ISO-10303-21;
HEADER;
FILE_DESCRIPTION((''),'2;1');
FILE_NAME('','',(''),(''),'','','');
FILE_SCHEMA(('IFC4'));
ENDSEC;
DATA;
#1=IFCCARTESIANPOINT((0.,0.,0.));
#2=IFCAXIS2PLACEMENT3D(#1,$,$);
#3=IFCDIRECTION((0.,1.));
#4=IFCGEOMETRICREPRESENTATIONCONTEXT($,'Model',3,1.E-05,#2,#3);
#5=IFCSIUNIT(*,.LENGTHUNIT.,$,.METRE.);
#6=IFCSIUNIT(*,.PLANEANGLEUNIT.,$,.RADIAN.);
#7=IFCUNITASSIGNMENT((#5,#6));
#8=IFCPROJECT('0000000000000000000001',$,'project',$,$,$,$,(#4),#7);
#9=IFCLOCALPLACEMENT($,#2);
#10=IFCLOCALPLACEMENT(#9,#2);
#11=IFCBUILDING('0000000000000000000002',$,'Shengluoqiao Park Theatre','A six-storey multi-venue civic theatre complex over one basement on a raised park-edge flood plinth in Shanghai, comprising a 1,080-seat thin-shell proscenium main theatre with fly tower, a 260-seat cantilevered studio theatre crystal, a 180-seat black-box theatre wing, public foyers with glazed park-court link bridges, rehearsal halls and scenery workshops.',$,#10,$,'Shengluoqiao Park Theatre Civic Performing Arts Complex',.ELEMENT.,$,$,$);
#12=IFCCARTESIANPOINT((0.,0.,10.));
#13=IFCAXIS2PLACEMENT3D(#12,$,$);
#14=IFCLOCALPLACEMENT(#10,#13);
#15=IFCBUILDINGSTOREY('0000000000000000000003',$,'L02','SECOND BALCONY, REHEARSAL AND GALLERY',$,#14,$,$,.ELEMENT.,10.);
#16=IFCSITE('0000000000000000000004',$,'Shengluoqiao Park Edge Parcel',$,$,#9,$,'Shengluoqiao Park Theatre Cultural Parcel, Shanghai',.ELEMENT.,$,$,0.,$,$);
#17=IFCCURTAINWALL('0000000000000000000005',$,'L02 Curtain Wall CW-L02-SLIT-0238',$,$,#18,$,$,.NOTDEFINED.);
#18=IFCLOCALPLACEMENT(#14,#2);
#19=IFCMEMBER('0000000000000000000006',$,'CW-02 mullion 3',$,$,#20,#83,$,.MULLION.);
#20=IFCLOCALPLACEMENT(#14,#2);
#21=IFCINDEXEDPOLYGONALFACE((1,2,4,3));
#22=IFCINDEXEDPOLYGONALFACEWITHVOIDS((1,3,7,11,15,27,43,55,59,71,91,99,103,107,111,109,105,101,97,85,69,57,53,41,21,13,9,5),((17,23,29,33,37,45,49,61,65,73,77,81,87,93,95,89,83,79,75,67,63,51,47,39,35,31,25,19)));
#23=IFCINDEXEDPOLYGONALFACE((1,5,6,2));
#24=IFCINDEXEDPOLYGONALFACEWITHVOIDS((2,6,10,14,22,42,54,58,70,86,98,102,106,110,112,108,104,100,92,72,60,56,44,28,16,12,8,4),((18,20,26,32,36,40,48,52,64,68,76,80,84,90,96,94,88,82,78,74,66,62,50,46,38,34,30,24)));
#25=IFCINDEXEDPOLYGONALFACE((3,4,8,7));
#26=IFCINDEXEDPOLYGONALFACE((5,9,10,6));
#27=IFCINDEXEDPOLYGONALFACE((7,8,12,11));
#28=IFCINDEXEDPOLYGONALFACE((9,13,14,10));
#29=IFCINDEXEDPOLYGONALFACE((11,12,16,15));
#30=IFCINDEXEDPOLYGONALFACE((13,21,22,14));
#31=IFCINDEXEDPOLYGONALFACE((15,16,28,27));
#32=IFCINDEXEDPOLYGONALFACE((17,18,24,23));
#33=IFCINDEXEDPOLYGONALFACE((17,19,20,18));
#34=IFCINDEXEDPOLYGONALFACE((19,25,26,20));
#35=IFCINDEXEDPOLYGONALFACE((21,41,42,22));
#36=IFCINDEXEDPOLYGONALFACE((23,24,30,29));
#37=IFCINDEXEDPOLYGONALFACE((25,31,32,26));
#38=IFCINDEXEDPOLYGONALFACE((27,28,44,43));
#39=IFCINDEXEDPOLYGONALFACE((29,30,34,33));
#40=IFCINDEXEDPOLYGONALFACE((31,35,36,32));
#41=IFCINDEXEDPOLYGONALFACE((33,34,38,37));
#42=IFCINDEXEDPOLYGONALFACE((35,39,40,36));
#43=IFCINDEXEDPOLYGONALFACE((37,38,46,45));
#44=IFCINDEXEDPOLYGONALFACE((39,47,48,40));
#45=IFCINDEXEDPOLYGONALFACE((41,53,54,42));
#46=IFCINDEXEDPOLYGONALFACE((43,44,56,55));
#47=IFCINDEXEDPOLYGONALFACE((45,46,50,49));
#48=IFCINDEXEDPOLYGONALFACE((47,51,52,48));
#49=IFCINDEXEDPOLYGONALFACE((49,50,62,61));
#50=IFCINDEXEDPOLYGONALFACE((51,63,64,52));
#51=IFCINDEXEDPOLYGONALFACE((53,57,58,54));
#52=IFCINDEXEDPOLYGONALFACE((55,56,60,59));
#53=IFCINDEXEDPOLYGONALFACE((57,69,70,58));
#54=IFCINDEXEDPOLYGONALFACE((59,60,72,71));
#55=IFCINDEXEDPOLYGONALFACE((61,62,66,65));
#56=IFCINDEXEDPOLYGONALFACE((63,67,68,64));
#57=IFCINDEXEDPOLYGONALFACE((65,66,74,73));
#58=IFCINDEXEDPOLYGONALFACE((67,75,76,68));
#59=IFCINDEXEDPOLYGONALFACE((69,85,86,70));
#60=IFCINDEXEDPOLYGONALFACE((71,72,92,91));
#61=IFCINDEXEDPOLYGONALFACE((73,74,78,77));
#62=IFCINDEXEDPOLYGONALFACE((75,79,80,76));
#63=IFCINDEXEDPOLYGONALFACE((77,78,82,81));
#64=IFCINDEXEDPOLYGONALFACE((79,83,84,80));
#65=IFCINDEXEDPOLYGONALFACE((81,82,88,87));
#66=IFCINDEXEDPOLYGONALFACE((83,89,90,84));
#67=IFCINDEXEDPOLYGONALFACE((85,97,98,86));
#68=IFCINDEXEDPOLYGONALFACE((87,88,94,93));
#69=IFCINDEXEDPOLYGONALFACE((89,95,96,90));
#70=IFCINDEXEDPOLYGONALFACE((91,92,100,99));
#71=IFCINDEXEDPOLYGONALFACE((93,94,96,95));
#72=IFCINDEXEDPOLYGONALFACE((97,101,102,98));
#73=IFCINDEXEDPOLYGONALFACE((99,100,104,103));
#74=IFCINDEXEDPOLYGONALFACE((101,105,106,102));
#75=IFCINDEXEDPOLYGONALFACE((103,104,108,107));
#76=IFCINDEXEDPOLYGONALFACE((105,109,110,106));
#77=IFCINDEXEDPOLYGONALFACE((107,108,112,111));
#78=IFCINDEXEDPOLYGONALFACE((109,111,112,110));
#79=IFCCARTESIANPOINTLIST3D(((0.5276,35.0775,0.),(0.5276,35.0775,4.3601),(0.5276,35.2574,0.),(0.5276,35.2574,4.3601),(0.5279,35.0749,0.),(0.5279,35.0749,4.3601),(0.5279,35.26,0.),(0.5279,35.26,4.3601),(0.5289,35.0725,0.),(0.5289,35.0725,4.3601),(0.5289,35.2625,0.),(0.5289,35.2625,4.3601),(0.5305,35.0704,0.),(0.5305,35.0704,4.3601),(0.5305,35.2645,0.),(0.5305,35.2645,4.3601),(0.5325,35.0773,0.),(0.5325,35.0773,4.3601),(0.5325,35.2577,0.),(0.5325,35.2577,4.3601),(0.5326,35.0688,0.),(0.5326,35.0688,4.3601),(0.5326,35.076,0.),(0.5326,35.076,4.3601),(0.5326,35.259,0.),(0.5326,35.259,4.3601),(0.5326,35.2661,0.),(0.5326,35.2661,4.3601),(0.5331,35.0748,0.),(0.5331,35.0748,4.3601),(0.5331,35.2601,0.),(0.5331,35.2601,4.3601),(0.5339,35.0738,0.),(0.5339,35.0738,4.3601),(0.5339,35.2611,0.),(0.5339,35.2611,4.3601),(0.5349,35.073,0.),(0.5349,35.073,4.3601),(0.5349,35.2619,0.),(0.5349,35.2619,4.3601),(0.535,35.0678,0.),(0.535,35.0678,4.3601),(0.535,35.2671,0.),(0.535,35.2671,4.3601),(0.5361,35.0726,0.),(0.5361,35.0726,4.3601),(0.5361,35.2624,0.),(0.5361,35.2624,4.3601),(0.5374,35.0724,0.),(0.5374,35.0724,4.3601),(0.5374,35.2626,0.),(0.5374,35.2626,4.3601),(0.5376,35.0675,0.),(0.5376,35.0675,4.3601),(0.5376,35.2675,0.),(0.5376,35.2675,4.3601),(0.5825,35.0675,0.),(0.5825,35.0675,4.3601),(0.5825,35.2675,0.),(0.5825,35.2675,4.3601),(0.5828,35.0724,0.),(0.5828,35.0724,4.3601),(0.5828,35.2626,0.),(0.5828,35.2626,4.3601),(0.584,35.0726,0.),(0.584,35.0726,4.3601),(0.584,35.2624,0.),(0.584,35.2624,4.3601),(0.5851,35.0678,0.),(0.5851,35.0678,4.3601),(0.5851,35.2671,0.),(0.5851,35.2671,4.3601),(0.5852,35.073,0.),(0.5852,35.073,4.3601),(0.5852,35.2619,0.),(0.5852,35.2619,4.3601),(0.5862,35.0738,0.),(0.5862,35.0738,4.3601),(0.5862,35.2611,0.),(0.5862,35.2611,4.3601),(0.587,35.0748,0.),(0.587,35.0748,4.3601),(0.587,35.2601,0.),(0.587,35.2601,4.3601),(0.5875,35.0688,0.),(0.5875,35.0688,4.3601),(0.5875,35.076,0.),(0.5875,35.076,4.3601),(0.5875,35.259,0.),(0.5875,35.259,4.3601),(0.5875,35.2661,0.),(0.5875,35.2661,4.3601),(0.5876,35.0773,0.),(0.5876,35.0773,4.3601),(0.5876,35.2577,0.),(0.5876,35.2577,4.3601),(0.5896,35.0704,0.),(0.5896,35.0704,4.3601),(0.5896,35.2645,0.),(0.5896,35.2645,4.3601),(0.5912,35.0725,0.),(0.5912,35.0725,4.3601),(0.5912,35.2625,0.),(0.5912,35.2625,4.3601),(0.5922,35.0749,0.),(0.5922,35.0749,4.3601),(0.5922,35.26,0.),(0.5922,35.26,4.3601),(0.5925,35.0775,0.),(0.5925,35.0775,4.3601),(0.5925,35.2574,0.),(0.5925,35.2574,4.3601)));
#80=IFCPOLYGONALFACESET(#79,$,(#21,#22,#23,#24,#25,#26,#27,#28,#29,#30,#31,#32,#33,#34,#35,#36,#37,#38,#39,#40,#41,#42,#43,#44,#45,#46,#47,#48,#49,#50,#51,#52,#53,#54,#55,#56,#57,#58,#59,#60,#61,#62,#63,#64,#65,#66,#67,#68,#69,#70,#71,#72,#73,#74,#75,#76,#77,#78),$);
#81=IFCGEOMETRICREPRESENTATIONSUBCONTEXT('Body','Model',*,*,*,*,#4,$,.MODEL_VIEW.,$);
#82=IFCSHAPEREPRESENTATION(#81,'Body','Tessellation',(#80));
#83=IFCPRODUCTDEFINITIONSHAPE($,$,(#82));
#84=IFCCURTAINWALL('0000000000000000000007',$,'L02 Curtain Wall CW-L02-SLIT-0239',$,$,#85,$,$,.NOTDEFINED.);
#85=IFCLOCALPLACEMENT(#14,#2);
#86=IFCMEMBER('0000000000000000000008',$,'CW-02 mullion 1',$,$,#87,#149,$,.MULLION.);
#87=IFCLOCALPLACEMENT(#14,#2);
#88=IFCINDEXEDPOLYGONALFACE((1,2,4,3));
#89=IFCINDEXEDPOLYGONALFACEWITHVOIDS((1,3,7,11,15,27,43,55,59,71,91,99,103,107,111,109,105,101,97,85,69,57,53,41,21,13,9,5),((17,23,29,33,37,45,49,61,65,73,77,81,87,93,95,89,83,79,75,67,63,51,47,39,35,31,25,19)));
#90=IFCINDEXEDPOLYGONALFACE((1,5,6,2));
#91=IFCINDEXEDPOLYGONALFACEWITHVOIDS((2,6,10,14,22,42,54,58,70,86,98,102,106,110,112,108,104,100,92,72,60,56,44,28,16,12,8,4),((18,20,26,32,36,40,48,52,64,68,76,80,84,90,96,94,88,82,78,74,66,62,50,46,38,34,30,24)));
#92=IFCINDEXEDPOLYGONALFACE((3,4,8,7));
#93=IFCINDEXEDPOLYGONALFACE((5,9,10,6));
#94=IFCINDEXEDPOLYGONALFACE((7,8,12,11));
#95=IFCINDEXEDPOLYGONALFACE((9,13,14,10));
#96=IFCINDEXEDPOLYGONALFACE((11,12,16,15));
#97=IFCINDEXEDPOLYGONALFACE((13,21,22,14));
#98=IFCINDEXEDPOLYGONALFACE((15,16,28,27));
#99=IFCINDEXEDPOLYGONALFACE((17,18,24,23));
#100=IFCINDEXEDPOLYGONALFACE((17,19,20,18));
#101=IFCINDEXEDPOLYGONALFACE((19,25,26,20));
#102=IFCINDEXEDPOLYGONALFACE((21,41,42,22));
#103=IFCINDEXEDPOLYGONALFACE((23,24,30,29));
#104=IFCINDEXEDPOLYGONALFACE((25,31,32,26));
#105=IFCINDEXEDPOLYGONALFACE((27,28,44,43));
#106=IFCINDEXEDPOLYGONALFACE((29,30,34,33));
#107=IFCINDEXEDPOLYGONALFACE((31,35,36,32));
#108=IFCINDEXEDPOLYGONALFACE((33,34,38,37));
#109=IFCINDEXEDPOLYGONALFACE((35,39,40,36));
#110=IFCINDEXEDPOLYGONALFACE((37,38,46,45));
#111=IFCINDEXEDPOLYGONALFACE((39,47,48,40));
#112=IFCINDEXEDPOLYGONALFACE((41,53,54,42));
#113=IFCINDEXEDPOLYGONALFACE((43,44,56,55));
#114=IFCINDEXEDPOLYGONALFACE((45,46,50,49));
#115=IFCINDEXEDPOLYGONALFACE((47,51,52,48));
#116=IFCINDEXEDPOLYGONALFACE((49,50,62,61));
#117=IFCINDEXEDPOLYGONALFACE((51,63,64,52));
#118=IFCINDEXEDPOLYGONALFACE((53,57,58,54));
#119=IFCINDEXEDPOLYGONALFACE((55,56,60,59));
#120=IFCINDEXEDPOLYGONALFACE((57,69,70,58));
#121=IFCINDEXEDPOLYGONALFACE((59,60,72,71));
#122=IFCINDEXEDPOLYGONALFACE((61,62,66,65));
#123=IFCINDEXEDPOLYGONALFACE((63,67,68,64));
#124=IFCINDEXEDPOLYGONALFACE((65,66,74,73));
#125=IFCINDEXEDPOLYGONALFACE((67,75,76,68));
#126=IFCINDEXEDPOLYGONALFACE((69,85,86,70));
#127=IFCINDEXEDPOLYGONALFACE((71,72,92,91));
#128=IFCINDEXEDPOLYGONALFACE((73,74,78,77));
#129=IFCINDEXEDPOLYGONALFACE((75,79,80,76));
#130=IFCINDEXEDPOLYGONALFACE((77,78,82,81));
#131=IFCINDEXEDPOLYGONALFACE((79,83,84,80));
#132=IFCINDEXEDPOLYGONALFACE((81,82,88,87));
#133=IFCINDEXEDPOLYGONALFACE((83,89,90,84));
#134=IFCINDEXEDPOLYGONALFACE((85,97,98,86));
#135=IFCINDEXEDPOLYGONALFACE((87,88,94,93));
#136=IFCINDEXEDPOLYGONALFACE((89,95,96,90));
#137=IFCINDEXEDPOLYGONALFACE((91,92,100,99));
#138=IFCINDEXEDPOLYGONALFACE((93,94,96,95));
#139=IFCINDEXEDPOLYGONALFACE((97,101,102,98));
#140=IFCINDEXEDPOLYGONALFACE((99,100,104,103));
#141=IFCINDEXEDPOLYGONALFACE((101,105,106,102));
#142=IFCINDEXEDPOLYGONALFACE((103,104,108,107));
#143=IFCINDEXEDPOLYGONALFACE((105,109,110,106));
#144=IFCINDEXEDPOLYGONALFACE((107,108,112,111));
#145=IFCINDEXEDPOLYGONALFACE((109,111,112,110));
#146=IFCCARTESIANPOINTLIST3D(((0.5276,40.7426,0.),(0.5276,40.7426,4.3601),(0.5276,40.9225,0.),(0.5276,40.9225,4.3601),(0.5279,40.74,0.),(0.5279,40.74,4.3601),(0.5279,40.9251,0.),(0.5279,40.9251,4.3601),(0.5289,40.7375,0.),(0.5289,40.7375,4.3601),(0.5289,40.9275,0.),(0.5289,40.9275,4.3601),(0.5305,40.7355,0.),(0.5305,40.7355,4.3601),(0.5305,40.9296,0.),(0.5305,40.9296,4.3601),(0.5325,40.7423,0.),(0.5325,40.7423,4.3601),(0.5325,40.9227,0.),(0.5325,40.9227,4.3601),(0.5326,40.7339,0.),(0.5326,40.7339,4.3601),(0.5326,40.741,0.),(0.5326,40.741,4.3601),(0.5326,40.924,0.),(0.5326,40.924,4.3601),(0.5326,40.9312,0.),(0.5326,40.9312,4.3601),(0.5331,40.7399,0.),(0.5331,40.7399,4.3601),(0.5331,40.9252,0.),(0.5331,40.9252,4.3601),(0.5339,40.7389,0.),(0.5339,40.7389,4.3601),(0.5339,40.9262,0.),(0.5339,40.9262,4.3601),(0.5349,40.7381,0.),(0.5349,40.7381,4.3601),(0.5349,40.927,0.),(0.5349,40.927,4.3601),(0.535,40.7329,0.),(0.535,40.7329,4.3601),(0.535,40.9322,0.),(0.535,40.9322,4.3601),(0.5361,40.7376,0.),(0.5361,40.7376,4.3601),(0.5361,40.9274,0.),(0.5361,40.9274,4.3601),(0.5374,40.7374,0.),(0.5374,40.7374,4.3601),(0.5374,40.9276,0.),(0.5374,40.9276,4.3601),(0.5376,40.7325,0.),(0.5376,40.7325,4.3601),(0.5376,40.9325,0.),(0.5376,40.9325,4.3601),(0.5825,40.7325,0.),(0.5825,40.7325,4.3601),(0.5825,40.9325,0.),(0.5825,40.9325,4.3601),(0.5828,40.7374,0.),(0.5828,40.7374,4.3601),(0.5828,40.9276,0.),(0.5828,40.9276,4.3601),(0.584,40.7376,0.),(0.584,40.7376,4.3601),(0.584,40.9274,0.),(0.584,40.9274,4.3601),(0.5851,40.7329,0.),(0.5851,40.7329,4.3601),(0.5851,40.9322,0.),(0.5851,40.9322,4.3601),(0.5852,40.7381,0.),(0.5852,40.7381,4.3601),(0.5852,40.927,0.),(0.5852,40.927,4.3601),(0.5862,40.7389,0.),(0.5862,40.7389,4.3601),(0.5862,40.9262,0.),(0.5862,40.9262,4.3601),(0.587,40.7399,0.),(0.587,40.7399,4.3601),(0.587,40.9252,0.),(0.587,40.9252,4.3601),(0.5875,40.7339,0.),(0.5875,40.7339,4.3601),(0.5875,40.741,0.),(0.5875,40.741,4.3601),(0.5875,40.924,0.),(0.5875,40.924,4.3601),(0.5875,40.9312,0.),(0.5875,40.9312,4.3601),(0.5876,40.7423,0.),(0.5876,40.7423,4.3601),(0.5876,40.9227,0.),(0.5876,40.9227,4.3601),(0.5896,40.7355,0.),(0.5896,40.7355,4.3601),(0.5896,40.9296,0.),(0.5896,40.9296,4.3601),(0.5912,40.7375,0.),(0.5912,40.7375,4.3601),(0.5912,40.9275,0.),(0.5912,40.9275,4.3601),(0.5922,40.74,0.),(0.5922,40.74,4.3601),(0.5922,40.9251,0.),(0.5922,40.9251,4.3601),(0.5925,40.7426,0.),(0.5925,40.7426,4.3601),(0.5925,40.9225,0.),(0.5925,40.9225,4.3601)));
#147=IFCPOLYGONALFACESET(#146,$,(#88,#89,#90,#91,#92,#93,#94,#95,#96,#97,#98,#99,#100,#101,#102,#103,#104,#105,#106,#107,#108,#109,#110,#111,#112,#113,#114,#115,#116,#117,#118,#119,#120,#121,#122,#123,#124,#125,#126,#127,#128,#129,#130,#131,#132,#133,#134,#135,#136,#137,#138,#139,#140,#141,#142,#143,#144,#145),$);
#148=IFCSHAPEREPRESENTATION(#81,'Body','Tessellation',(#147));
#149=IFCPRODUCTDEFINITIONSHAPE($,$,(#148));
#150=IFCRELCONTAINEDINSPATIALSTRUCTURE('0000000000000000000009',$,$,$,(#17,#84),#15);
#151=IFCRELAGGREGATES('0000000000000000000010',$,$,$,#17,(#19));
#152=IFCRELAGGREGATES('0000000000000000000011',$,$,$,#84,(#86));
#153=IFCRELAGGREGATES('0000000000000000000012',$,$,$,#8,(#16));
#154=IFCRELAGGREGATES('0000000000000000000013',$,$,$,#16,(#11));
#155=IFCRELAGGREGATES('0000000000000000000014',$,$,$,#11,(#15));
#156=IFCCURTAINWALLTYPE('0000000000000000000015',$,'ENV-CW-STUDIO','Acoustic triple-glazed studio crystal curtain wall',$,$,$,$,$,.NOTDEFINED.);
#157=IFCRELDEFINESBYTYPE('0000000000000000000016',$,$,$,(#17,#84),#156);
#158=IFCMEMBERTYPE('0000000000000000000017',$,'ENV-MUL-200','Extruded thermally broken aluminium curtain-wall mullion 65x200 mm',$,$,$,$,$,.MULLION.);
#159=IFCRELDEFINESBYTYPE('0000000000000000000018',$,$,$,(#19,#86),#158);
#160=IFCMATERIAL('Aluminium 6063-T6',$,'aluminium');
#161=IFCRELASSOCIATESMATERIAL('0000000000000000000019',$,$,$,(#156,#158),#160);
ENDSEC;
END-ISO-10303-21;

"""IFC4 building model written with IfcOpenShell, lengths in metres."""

from ifc_helpers import new_model, si_unit, direction, frame, origin, origin_2d, place, context, subcontext, project, spatial, hollow_rectangle, extrude, material, material_profile, profile_set, type_object, element, aggregate, save


model = new_model("IFC4")

# Units and contexts
model_context = context("Model", 3, precision=1e-05, world=origin(), true_north=direction((0.0, 1.0)))
body_context = subcontext(model_context, "Body", "Model", "MODEL_VIEW")
ifc_project = project(units=[si_unit("LENGTHUNIT", "METRE"), si_unit("PLANEANGLEUNIT", "RADIAN")], contexts=[model_context])

# Site, building, storey
site_placement = place(None, origin())
site = spatial("IfcSite", under=ifc_project, at=site_placement, Name="Shengluoqiao Park Edge Parcel", LongName="Shengluoqiao Park Theatre Cultural Parcel, Shanghai", CompositionType="ELEMENT", RefElevation=0.0)
building_placement = place(site_placement, origin())
building = spatial("IfcBuilding", under=site, at=building_placement, Name="Shengluoqiao Park Theatre", Description="A six-storey multi-venue civic theatre complex over one basement on a raised park-edge flood plinth in Shanghai, comprising a 1,080-seat thin-shell proscenium main theatre with fly tower, a 260-seat cantilevered studio theatre crystal, a 180-seat black-box theatre wing, public foyers with glazed park-court link bridges, rehearsal halls and scenery workshops.", LongName="Shengluoqiao Park Theatre Civic Performing Arts Complex", CompositionType="ELEMENT")
storey_placement = place(building_placement, frame((0.0, 0.0, 10.0)))
storey = spatial("IfcBuildingStorey", under=building, at=storey_placement, Name="L02", Description="SECOND BALCONY, REHEARSAL AND GALLERY", CompositionType="ELEMENT", Elevation=10.0)

# Curtain wall, member
ifc_material_1 = material(Name="Aluminium 6063-T6", Category="aluminium")
curtain_wall_type = type_object("IfcCurtainWallType", Name="ENV-CW-STUDIO", Description="Acoustic triple-glazed studio crystal curtain wall", PredefinedType="NOTDEFINED", material=ifc_material_1)
curtain_wall_1_placement = place(storey_placement, origin())
curtain_wall_1 = element("IfcCurtainWall", 1, at=curtain_wall_1_placement, inside=storey, type_object=curtain_wall_type, Name="L02 Curtain Wall CW-L02-SLIT-0238", PredefinedType="NOTDEFINED")
ifc_material_profile_1 = material_profile(ifc_material_1, hollow_rectangle(XDim=0.0649, YDim=0.2, WallThickness=0.0049, InnerFilletRadius=0.0049, OuterFilletRadius=0.01, at=origin_2d()), Name="ALU MULLION 200x65x5")
ifc_profile_set_1 = profile_set([ifc_material_profile_1], Name="Aluminium 6063-T6")
member_type_1 = type_object("IfcMemberType", Name="ENV-MUL-200", Description="Extruded thermally broken aluminium curtain-wall mullion 65x200 mm", PredefinedType="MULLION", material=ifc_profile_set_1)
member_1_placement = place(storey_placement, frame((0.5601, 35.1675, 0.0), z_axis=(0.0, 0.0, 1.0), x_axis=(-1.0, 0.0, 0.0)))
member_1 = element("IfcMember", 2, at=member_1_placement, type_object=member_type_1, Name="CW-02 mullion 3", PredefinedType="MULLION", context=body_context, shape_type="SweptSolid", body=[
    extrude(hollow_rectangle(XDim=0.0649, YDim=0.2, WallThickness=0.0049, InnerFilletRadius=0.0049, OuterFilletRadius=0.01, at=origin_2d()), origin(), (0.0, 0.0, 1.0), 4.3601),
])

# Curtain wall, member
curtain_wall_2_placement = place(storey_placement, origin())
curtain_wall_2 = element("IfcCurtainWall", 3, at=curtain_wall_2_placement, inside=storey, type_object=curtain_wall_type, Name="L02 Curtain Wall CW-L02-SLIT-0239", PredefinedType="NOTDEFINED")
member_2_placement = place(storey_placement, frame((0.5601, 40.8325, 0.0), z_axis=(0.0, 0.0, 1.0), x_axis=(-1.0, 0.0, 0.0)))
member_2 = element("IfcMember", 4, at=member_2_placement, type_object=member_type_1, Name="CW-02 mullion 1", PredefinedType="MULLION", context=body_context, shape_type="SweptSolid", body=[
    extrude(hollow_rectangle(XDim=0.0649, YDim=0.2, WallThickness=0.0049, InnerFilletRadius=0.0049, OuterFilletRadius=0.01, at=origin_2d()), origin(), (0.0, 0.0, 1.0), 4.3601),
])

aggregate(curtain_wall_1, [member_1])
aggregate(curtain_wall_2, [member_2])

save(model, "model.ifc")
